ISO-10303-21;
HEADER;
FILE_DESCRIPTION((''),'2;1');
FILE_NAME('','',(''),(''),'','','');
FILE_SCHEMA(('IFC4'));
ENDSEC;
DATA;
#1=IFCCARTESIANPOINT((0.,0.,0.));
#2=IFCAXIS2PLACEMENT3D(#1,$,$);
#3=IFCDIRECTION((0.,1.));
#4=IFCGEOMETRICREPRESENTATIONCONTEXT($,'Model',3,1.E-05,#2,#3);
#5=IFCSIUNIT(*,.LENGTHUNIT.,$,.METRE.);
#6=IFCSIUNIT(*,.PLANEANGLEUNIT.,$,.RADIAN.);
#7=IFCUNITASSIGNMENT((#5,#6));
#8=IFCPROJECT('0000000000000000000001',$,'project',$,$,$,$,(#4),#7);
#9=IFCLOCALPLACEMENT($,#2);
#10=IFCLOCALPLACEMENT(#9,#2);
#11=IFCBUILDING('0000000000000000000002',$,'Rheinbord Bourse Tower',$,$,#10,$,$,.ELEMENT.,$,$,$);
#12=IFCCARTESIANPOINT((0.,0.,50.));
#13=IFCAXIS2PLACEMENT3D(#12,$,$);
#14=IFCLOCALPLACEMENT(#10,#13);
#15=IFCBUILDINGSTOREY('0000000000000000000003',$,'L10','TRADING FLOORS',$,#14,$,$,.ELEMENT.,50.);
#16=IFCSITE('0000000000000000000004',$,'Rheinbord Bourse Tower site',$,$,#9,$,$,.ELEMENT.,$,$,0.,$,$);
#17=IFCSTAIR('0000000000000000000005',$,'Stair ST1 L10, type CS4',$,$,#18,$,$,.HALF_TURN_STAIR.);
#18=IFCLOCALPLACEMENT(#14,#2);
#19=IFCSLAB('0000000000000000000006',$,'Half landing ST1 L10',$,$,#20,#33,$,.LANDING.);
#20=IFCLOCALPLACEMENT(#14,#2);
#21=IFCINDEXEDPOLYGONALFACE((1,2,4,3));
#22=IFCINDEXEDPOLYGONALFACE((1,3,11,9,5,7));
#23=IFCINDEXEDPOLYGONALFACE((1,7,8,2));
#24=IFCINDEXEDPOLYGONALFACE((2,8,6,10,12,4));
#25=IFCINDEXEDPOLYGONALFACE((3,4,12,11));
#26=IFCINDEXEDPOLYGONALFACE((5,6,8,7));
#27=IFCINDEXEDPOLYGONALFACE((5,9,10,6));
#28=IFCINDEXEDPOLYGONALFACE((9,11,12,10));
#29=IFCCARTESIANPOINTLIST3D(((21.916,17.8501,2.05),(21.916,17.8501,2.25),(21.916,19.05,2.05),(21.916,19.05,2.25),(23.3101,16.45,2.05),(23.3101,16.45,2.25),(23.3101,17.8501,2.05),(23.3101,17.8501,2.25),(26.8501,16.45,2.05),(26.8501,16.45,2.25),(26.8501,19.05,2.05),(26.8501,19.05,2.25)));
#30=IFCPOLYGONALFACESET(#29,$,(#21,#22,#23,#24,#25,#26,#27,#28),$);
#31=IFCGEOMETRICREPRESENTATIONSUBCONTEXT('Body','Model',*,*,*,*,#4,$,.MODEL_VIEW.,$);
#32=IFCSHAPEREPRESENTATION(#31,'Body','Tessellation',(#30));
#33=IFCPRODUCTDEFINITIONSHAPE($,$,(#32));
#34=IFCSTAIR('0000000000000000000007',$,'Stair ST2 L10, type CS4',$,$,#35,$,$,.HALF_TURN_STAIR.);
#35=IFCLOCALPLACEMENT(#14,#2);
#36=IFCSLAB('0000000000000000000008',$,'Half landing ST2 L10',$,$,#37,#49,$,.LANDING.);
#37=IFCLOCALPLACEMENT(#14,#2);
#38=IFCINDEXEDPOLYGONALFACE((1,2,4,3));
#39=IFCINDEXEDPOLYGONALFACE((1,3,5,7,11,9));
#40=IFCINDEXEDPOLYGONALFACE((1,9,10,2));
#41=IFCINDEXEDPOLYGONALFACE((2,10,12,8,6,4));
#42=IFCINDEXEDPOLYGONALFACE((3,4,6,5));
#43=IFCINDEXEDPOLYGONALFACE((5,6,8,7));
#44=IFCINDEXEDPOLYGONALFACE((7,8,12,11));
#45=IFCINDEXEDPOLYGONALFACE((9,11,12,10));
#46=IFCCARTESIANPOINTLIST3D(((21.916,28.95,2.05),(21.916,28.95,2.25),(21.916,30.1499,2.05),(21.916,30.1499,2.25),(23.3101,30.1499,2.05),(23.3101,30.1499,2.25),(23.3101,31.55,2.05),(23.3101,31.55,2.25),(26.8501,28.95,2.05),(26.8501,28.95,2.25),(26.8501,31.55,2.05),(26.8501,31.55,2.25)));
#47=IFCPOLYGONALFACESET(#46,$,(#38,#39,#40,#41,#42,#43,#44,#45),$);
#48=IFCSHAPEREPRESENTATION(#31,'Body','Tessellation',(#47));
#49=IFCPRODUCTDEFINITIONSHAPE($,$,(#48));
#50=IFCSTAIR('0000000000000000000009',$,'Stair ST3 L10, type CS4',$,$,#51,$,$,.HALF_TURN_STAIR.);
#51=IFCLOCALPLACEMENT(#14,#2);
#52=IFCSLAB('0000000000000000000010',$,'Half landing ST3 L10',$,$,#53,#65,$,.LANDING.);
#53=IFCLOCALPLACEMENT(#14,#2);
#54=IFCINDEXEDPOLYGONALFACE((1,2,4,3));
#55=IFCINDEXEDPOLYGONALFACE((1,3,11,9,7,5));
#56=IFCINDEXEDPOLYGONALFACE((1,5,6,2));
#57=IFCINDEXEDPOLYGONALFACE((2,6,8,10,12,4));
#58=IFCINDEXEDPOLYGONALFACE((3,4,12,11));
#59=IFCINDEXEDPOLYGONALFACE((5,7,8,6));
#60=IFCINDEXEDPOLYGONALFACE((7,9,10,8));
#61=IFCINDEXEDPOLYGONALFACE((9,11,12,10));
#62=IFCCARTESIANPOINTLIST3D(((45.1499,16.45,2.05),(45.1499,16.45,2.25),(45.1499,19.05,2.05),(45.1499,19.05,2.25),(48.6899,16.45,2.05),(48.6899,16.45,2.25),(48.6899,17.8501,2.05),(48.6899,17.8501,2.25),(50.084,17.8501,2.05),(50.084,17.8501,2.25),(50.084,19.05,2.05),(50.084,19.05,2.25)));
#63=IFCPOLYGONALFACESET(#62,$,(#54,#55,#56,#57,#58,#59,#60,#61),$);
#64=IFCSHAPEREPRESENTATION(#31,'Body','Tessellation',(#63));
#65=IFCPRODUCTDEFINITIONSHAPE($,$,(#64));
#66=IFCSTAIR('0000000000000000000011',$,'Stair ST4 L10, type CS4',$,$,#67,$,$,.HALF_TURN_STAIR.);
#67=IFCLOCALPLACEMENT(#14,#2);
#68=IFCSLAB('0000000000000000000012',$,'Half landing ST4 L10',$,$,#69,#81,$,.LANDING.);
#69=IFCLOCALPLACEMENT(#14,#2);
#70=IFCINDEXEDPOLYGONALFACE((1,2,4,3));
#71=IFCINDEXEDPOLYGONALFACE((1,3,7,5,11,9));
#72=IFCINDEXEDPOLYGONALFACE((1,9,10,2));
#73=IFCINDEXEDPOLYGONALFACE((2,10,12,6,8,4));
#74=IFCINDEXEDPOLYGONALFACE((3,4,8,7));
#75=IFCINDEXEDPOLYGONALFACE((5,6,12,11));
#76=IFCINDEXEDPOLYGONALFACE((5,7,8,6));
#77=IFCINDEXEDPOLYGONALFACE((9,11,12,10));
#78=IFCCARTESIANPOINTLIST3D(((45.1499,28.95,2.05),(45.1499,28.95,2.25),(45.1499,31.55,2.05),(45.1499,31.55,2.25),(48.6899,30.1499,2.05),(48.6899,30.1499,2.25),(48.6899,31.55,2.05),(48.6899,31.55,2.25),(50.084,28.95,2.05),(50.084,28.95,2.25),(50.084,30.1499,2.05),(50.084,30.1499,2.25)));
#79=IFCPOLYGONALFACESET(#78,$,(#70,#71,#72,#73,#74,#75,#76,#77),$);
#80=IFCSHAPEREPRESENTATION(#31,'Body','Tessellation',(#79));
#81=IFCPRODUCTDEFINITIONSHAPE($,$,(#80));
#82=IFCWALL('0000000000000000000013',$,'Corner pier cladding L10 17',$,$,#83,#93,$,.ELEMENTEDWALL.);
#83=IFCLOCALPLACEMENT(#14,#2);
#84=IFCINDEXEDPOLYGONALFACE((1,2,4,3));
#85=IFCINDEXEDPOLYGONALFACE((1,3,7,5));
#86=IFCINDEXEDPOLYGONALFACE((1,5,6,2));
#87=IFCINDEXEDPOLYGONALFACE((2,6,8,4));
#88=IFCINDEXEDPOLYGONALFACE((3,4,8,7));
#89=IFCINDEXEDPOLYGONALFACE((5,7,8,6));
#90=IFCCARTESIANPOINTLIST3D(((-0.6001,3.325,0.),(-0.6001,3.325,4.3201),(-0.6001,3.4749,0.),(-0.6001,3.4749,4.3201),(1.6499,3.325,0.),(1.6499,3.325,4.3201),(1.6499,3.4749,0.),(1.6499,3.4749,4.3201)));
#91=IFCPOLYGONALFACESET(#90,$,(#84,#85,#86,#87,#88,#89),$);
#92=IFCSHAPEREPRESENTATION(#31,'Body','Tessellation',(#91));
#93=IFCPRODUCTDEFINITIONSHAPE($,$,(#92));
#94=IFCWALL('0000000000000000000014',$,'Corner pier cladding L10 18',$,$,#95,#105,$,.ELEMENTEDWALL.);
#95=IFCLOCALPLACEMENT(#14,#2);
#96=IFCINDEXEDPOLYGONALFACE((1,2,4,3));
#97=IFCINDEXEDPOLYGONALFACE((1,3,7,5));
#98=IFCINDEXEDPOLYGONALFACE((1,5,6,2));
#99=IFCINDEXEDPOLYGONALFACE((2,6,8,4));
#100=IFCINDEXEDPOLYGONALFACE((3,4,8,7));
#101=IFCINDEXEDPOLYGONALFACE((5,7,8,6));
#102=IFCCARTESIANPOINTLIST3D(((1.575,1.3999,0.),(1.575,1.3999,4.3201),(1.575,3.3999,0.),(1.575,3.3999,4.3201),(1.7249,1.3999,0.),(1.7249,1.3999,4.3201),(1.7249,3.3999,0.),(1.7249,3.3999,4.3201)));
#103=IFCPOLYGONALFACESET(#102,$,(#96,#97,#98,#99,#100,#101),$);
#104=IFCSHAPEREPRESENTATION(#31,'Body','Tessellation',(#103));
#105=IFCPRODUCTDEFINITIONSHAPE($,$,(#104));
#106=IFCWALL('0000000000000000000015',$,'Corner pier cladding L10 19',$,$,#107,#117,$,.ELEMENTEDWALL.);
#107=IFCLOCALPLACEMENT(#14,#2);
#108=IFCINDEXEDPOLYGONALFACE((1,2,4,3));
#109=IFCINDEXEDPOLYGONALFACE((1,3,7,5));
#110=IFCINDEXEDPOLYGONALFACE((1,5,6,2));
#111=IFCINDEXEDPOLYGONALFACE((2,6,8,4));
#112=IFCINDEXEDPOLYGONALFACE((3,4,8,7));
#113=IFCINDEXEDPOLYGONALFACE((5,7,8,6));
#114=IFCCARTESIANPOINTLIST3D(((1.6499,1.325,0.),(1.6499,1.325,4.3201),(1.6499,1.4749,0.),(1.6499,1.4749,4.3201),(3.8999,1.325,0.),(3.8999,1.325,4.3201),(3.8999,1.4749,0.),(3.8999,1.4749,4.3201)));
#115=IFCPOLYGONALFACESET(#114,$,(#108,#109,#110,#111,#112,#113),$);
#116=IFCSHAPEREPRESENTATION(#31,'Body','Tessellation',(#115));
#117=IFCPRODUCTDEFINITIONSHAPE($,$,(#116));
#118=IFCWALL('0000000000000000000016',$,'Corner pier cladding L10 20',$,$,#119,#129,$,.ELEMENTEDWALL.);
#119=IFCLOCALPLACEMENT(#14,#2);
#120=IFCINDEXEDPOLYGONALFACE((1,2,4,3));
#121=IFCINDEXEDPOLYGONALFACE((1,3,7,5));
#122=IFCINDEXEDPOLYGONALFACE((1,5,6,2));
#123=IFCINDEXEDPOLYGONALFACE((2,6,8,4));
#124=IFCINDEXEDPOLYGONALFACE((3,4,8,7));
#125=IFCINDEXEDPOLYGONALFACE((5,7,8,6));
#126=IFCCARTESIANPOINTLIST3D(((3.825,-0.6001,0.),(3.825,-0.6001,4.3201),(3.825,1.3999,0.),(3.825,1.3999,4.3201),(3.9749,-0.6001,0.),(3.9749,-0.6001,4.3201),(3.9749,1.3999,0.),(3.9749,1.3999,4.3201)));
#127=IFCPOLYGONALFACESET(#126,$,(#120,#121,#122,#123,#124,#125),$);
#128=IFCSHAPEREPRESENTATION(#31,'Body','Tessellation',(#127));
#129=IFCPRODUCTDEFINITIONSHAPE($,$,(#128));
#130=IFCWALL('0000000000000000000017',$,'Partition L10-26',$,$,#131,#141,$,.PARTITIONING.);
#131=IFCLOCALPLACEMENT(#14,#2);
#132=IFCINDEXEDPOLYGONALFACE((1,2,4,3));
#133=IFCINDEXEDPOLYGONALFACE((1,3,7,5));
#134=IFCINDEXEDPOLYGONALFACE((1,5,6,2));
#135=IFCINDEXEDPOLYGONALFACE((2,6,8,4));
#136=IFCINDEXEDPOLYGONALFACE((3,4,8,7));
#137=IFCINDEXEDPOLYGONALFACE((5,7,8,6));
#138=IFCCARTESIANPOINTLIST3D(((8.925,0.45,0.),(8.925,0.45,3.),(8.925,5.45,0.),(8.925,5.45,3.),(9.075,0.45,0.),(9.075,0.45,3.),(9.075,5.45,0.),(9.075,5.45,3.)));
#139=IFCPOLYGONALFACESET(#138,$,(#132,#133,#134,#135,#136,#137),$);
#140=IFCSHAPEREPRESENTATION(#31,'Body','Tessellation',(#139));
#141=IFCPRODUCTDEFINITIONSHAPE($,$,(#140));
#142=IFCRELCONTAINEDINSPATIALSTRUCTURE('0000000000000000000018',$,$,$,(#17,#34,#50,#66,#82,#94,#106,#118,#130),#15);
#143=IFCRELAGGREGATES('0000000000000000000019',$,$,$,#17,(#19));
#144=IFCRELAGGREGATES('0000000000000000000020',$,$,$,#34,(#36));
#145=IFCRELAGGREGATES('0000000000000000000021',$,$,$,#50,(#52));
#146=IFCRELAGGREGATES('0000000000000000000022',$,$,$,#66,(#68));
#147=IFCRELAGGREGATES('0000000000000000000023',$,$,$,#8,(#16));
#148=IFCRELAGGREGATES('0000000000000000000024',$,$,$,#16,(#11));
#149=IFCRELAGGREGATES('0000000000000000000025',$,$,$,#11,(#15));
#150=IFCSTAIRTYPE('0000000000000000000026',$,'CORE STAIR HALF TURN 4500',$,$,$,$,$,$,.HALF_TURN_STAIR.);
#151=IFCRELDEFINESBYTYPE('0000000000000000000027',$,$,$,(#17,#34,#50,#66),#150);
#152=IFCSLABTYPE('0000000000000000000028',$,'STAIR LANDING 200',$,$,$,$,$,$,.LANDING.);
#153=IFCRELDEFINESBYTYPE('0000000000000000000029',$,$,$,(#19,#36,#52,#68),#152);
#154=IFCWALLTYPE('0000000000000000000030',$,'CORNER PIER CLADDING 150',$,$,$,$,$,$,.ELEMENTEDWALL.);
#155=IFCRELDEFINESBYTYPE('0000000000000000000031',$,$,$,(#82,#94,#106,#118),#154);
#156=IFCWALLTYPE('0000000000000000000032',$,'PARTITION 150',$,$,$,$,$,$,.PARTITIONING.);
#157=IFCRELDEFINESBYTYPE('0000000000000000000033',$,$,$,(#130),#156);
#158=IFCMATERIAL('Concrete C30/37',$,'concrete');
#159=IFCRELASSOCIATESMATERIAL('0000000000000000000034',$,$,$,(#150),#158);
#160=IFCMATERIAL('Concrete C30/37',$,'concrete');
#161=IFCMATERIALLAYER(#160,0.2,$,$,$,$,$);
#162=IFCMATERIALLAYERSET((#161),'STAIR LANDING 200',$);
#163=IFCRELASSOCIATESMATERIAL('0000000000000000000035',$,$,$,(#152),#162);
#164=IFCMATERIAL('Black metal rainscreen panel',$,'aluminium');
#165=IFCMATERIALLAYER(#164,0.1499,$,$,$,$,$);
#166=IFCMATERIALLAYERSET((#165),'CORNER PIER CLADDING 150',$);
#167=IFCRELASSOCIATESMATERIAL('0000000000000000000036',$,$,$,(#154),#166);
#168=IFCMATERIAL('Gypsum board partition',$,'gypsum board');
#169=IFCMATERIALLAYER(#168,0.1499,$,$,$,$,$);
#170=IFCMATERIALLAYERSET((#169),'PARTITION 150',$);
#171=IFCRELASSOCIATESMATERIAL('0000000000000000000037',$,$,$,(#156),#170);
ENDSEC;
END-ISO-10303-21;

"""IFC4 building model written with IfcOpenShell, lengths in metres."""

from ifc_helpers import new_model, si_unit, direction, frame, frame_2d, origin, place, context, subcontext, project, spatial, polyline, rectangle, outline, extrude, material, layer, layer_set, type_object, element, aggregate, save


model = new_model("IFC4")

# Units and contexts
model_context = context("Model", 3, precision=1e-05, world=origin(), true_north=direction((0.0, 1.0)))
body_context = subcontext(model_context, "Body", "Model", "MODEL_VIEW")
ifc_project = project(units=[si_unit("LENGTHUNIT", "METRE"), si_unit("PLANEANGLEUNIT", "RADIAN")], contexts=[model_context])

# Site, building, storey
site_placement = place(None, origin())
site = spatial("IfcSite", under=ifc_project, at=site_placement, Name="Rheinbord Bourse Tower site", CompositionType="ELEMENT", RefElevation=0.0)
building_placement = place(site_placement, origin())
building = spatial("IfcBuilding", under=site, at=building_placement, Name="Rheinbord Bourse Tower", CompositionType="ELEMENT")
storey_placement = place(building_placement, frame((0.0, 0.0, 50.0)))
storey = spatial("IfcBuildingStorey", under=building, at=storey_placement, Name="L10", Description="TRADING FLOORS", CompositionType="ELEMENT", Elevation=50.0)

# Stairs, slabs
ifc_material_1 = material(Name="Concrete C30/37", Category="concrete")
stair_type = type_object("IfcStairType", Name="CORE STAIR HALF TURN 4500", PredefinedType="HALF_TURN_STAIR", material=ifc_material_1)
stair_1_placement = place(storey_placement, origin())
stair_1 = element("IfcStair", 1, at=stair_1_placement, inside=storey, type_object=stair_type, Name="Stair ST1 L10, type CS4", PredefinedType="HALF_TURN_STAIR")
ifc_material_2 = material(Name="Concrete C30/37", Category="concrete")
ifc_layer_1 = layer(ifc_material_2, 0.2)
ifc_layer_set_1 = layer_set([ifc_layer_1], Name="STAIR LANDING 200")
slab_type_1 = type_object("IfcSlabType", Name="STAIR LANDING 200", PredefinedType="LANDING", material=ifc_layer_set_1)
slab_1_placement = place(storey_placement, frame((0.0, 0.0, 2.05)))
slab_1 = element("IfcSlab", 2, at=slab_1_placement, type_object=slab_type_1, Name="Half landing ST1 L10", PredefinedType="LANDING", context=body_context, shape_type="SweptSolid", body=[
    extrude(outline(polyline([(23.3101, 16.45), (26.8501, 16.45), (26.8501, 19.05), (21.916, 19.05), (21.916, 17.8501), (23.3101, 17.8501), (23.3101, 16.45)])), origin(), (0.0, 0.0, 1.0), 0.2),
])
aggregate(stair_1, [slab_1])
stair_2_placement = place(storey_placement, origin())
stair_2 = element("IfcStair", 3, at=stair_2_placement, inside=storey, type_object=stair_type, Name="Stair ST2 L10, type CS4", PredefinedType="HALF_TURN_STAIR")
slab_2_placement = place(storey_placement, frame((0.0, 0.0, 2.05)))
slab_2 = element("IfcSlab", 4, at=slab_2_placement, type_object=slab_type_1, Name="Half landing ST2 L10", PredefinedType="LANDING", context=body_context, shape_type="SweptSolid", body=[
    extrude(outline(polyline([(21.916, 28.95), (26.8501, 28.95), (26.8501, 31.55), (23.3101, 31.55), (23.3101, 30.1499), (21.916, 30.1499), (21.916, 28.95)])), origin(), (0.0, 0.0, 1.0), 0.2),
])
aggregate(stair_2, [slab_2])
stair_3_placement = place(storey_placement, origin())
stair_3 = element("IfcStair", 5, at=stair_3_placement, inside=storey, type_object=stair_type, Name="Stair ST3 L10, type CS4", PredefinedType="HALF_TURN_STAIR")
slab_3_placement = place(storey_placement, frame((0.0, 0.0, 2.05)))
slab_3 = element("IfcSlab", 6, at=slab_3_placement, type_object=slab_type_1, Name="Half landing ST3 L10", PredefinedType="LANDING", context=body_context, shape_type="SweptSolid", body=[
    extrude(outline(polyline([(45.1499, 16.45), (48.6899, 16.45), (48.6899, 17.8501), (50.084, 17.8501), (50.084, 19.05), (45.1499, 19.05), (45.1499, 16.45)])), origin(), (0.0, 0.0, 1.0), 0.2),
])
aggregate(stair_3, [slab_3])
stair_4_placement = place(storey_placement, origin())
stair_4 = element("IfcStair", 7, at=stair_4_placement, inside=storey, type_object=stair_type, Name="Stair ST4 L10, type CS4", PredefinedType="HALF_TURN_STAIR")
slab_4_placement = place(storey_placement, frame((0.0, 0.0, 2.05)))
slab_4 = element("IfcSlab", 8, at=slab_4_placement, type_object=slab_type_1, Name="Half landing ST4 L10", PredefinedType="LANDING", context=body_context, shape_type="SweptSolid", body=[
    extrude(outline(polyline([(45.1499, 28.95), (50.084, 28.95), (50.084, 30.1499), (48.6899, 30.1499), (48.6899, 31.55), (45.1499, 31.55), (45.1499, 28.95)])), origin(), (0.0, 0.0, 1.0), 0.2),
])
aggregate(stair_4, [slab_4])

# Walls
ifc_material_3 = material(Name="Black metal rainscreen panel", Category="aluminium")
ifc_layer_2 = layer(ifc_material_3, 0.1499)
ifc_layer_set_2 = layer_set([ifc_layer_2], Name="CORNER PIER CLADDING 150")
wall_type_1 = type_object("IfcWallType", Name="CORNER PIER CLADDING 150", PredefinedType="ELEMENTEDWALL", material=ifc_layer_set_2)
wall_1_placement = place(storey_placement, frame((-0.6001, 3.3999, 0.0), z_axis=(0.0, 0.0, 1.0), x_axis=(1.0, 0.0, 0.0)))
element("IfcWall", 9, at=wall_1_placement, inside=storey, type_object=wall_type_1, Name="Corner pier cladding L10 17", PredefinedType="ELEMENTEDWALL", context=body_context, shape_type="SweptSolid", body=[
    extrude(rectangle(XDim=2.25, YDim=0.1499, at=frame_2d((1.125, 0.0))), origin(), (0.0, 0.0, 1.0), 4.3201),
])
wall_2_placement = place(storey_placement, frame((1.6499, 3.3999, 0.0), z_axis=(0.0, 0.0, 1.0), x_axis=(0.0, -1.0, 0.0)))
element("IfcWall", 10, at=wall_2_placement, inside=storey, type_object=wall_type_1, Name="Corner pier cladding L10 18", PredefinedType="ELEMENTEDWALL", context=body_context, shape_type="SweptSolid", body=[
    extrude(rectangle(XDim=2.0, YDim=0.1499, at=frame_2d((1.0, 0.0))), origin(), (0.0, 0.0, 1.0), 4.3201),
])
wall_3_placement = place(storey_placement, frame((1.6499, 1.3999, 0.0), z_axis=(0.0, 0.0, 1.0), x_axis=(1.0, 0.0, 0.0)))
element("IfcWall", 11, at=wall_3_placement, inside=storey, type_object=wall_type_1, Name="Corner pier cladding L10 19", PredefinedType="ELEMENTEDWALL", context=body_context, shape_type="SweptSolid", body=[
    extrude(rectangle(XDim=2.25, YDim=0.1499, at=frame_2d((1.125, 0.0))), origin(), (0.0, 0.0, 1.0), 4.3201),
])
wall_4_placement = place(storey_placement, frame((3.8999, 1.3999, 0.0), z_axis=(0.0, 0.0, 1.0), x_axis=(0.0, -1.0, 0.0)))
element("IfcWall", 12, at=wall_4_placement, inside=storey, type_object=wall_type_1, Name="Corner pier cladding L10 20", PredefinedType="ELEMENTEDWALL", context=body_context, shape_type="SweptSolid", body=[
    extrude(rectangle(XDim=2.0, YDim=0.1499, at=frame_2d((1.0, 0.0))), origin(), (0.0, 0.0, 1.0), 4.3201),
])
ifc_material_4 = material(Name="Gypsum board partition", Category="gypsum board")
ifc_layer_3 = layer(ifc_material_4, 0.1499)
ifc_layer_set_3 = layer_set([ifc_layer_3], Name="PARTITION 150")
wall_type_2 = type_object("IfcWallType", Name="PARTITION 150", PredefinedType="PARTITIONING", material=ifc_layer_set_3)
wall_5_placement = place(storey_placement, frame((9.0, 0.45, 0.0), z_axis=(0.0, 0.0, 1.0), x_axis=(0.0, 1.0, 0.0)))
element("IfcWall", 13, at=wall_5_placement, inside=storey, type_object=wall_type_2, Name="Partition L10-26", PredefinedType="PARTITIONING", context=body_context, shape_type="SweptSolid", body=[
    extrude(rectangle(XDim=5.0, YDim=0.1499, at=frame_2d((2.5, 0.0))), origin(), (0.0, 0.0, 1.0), 3.0),
])

save(model, "model.ifc")
